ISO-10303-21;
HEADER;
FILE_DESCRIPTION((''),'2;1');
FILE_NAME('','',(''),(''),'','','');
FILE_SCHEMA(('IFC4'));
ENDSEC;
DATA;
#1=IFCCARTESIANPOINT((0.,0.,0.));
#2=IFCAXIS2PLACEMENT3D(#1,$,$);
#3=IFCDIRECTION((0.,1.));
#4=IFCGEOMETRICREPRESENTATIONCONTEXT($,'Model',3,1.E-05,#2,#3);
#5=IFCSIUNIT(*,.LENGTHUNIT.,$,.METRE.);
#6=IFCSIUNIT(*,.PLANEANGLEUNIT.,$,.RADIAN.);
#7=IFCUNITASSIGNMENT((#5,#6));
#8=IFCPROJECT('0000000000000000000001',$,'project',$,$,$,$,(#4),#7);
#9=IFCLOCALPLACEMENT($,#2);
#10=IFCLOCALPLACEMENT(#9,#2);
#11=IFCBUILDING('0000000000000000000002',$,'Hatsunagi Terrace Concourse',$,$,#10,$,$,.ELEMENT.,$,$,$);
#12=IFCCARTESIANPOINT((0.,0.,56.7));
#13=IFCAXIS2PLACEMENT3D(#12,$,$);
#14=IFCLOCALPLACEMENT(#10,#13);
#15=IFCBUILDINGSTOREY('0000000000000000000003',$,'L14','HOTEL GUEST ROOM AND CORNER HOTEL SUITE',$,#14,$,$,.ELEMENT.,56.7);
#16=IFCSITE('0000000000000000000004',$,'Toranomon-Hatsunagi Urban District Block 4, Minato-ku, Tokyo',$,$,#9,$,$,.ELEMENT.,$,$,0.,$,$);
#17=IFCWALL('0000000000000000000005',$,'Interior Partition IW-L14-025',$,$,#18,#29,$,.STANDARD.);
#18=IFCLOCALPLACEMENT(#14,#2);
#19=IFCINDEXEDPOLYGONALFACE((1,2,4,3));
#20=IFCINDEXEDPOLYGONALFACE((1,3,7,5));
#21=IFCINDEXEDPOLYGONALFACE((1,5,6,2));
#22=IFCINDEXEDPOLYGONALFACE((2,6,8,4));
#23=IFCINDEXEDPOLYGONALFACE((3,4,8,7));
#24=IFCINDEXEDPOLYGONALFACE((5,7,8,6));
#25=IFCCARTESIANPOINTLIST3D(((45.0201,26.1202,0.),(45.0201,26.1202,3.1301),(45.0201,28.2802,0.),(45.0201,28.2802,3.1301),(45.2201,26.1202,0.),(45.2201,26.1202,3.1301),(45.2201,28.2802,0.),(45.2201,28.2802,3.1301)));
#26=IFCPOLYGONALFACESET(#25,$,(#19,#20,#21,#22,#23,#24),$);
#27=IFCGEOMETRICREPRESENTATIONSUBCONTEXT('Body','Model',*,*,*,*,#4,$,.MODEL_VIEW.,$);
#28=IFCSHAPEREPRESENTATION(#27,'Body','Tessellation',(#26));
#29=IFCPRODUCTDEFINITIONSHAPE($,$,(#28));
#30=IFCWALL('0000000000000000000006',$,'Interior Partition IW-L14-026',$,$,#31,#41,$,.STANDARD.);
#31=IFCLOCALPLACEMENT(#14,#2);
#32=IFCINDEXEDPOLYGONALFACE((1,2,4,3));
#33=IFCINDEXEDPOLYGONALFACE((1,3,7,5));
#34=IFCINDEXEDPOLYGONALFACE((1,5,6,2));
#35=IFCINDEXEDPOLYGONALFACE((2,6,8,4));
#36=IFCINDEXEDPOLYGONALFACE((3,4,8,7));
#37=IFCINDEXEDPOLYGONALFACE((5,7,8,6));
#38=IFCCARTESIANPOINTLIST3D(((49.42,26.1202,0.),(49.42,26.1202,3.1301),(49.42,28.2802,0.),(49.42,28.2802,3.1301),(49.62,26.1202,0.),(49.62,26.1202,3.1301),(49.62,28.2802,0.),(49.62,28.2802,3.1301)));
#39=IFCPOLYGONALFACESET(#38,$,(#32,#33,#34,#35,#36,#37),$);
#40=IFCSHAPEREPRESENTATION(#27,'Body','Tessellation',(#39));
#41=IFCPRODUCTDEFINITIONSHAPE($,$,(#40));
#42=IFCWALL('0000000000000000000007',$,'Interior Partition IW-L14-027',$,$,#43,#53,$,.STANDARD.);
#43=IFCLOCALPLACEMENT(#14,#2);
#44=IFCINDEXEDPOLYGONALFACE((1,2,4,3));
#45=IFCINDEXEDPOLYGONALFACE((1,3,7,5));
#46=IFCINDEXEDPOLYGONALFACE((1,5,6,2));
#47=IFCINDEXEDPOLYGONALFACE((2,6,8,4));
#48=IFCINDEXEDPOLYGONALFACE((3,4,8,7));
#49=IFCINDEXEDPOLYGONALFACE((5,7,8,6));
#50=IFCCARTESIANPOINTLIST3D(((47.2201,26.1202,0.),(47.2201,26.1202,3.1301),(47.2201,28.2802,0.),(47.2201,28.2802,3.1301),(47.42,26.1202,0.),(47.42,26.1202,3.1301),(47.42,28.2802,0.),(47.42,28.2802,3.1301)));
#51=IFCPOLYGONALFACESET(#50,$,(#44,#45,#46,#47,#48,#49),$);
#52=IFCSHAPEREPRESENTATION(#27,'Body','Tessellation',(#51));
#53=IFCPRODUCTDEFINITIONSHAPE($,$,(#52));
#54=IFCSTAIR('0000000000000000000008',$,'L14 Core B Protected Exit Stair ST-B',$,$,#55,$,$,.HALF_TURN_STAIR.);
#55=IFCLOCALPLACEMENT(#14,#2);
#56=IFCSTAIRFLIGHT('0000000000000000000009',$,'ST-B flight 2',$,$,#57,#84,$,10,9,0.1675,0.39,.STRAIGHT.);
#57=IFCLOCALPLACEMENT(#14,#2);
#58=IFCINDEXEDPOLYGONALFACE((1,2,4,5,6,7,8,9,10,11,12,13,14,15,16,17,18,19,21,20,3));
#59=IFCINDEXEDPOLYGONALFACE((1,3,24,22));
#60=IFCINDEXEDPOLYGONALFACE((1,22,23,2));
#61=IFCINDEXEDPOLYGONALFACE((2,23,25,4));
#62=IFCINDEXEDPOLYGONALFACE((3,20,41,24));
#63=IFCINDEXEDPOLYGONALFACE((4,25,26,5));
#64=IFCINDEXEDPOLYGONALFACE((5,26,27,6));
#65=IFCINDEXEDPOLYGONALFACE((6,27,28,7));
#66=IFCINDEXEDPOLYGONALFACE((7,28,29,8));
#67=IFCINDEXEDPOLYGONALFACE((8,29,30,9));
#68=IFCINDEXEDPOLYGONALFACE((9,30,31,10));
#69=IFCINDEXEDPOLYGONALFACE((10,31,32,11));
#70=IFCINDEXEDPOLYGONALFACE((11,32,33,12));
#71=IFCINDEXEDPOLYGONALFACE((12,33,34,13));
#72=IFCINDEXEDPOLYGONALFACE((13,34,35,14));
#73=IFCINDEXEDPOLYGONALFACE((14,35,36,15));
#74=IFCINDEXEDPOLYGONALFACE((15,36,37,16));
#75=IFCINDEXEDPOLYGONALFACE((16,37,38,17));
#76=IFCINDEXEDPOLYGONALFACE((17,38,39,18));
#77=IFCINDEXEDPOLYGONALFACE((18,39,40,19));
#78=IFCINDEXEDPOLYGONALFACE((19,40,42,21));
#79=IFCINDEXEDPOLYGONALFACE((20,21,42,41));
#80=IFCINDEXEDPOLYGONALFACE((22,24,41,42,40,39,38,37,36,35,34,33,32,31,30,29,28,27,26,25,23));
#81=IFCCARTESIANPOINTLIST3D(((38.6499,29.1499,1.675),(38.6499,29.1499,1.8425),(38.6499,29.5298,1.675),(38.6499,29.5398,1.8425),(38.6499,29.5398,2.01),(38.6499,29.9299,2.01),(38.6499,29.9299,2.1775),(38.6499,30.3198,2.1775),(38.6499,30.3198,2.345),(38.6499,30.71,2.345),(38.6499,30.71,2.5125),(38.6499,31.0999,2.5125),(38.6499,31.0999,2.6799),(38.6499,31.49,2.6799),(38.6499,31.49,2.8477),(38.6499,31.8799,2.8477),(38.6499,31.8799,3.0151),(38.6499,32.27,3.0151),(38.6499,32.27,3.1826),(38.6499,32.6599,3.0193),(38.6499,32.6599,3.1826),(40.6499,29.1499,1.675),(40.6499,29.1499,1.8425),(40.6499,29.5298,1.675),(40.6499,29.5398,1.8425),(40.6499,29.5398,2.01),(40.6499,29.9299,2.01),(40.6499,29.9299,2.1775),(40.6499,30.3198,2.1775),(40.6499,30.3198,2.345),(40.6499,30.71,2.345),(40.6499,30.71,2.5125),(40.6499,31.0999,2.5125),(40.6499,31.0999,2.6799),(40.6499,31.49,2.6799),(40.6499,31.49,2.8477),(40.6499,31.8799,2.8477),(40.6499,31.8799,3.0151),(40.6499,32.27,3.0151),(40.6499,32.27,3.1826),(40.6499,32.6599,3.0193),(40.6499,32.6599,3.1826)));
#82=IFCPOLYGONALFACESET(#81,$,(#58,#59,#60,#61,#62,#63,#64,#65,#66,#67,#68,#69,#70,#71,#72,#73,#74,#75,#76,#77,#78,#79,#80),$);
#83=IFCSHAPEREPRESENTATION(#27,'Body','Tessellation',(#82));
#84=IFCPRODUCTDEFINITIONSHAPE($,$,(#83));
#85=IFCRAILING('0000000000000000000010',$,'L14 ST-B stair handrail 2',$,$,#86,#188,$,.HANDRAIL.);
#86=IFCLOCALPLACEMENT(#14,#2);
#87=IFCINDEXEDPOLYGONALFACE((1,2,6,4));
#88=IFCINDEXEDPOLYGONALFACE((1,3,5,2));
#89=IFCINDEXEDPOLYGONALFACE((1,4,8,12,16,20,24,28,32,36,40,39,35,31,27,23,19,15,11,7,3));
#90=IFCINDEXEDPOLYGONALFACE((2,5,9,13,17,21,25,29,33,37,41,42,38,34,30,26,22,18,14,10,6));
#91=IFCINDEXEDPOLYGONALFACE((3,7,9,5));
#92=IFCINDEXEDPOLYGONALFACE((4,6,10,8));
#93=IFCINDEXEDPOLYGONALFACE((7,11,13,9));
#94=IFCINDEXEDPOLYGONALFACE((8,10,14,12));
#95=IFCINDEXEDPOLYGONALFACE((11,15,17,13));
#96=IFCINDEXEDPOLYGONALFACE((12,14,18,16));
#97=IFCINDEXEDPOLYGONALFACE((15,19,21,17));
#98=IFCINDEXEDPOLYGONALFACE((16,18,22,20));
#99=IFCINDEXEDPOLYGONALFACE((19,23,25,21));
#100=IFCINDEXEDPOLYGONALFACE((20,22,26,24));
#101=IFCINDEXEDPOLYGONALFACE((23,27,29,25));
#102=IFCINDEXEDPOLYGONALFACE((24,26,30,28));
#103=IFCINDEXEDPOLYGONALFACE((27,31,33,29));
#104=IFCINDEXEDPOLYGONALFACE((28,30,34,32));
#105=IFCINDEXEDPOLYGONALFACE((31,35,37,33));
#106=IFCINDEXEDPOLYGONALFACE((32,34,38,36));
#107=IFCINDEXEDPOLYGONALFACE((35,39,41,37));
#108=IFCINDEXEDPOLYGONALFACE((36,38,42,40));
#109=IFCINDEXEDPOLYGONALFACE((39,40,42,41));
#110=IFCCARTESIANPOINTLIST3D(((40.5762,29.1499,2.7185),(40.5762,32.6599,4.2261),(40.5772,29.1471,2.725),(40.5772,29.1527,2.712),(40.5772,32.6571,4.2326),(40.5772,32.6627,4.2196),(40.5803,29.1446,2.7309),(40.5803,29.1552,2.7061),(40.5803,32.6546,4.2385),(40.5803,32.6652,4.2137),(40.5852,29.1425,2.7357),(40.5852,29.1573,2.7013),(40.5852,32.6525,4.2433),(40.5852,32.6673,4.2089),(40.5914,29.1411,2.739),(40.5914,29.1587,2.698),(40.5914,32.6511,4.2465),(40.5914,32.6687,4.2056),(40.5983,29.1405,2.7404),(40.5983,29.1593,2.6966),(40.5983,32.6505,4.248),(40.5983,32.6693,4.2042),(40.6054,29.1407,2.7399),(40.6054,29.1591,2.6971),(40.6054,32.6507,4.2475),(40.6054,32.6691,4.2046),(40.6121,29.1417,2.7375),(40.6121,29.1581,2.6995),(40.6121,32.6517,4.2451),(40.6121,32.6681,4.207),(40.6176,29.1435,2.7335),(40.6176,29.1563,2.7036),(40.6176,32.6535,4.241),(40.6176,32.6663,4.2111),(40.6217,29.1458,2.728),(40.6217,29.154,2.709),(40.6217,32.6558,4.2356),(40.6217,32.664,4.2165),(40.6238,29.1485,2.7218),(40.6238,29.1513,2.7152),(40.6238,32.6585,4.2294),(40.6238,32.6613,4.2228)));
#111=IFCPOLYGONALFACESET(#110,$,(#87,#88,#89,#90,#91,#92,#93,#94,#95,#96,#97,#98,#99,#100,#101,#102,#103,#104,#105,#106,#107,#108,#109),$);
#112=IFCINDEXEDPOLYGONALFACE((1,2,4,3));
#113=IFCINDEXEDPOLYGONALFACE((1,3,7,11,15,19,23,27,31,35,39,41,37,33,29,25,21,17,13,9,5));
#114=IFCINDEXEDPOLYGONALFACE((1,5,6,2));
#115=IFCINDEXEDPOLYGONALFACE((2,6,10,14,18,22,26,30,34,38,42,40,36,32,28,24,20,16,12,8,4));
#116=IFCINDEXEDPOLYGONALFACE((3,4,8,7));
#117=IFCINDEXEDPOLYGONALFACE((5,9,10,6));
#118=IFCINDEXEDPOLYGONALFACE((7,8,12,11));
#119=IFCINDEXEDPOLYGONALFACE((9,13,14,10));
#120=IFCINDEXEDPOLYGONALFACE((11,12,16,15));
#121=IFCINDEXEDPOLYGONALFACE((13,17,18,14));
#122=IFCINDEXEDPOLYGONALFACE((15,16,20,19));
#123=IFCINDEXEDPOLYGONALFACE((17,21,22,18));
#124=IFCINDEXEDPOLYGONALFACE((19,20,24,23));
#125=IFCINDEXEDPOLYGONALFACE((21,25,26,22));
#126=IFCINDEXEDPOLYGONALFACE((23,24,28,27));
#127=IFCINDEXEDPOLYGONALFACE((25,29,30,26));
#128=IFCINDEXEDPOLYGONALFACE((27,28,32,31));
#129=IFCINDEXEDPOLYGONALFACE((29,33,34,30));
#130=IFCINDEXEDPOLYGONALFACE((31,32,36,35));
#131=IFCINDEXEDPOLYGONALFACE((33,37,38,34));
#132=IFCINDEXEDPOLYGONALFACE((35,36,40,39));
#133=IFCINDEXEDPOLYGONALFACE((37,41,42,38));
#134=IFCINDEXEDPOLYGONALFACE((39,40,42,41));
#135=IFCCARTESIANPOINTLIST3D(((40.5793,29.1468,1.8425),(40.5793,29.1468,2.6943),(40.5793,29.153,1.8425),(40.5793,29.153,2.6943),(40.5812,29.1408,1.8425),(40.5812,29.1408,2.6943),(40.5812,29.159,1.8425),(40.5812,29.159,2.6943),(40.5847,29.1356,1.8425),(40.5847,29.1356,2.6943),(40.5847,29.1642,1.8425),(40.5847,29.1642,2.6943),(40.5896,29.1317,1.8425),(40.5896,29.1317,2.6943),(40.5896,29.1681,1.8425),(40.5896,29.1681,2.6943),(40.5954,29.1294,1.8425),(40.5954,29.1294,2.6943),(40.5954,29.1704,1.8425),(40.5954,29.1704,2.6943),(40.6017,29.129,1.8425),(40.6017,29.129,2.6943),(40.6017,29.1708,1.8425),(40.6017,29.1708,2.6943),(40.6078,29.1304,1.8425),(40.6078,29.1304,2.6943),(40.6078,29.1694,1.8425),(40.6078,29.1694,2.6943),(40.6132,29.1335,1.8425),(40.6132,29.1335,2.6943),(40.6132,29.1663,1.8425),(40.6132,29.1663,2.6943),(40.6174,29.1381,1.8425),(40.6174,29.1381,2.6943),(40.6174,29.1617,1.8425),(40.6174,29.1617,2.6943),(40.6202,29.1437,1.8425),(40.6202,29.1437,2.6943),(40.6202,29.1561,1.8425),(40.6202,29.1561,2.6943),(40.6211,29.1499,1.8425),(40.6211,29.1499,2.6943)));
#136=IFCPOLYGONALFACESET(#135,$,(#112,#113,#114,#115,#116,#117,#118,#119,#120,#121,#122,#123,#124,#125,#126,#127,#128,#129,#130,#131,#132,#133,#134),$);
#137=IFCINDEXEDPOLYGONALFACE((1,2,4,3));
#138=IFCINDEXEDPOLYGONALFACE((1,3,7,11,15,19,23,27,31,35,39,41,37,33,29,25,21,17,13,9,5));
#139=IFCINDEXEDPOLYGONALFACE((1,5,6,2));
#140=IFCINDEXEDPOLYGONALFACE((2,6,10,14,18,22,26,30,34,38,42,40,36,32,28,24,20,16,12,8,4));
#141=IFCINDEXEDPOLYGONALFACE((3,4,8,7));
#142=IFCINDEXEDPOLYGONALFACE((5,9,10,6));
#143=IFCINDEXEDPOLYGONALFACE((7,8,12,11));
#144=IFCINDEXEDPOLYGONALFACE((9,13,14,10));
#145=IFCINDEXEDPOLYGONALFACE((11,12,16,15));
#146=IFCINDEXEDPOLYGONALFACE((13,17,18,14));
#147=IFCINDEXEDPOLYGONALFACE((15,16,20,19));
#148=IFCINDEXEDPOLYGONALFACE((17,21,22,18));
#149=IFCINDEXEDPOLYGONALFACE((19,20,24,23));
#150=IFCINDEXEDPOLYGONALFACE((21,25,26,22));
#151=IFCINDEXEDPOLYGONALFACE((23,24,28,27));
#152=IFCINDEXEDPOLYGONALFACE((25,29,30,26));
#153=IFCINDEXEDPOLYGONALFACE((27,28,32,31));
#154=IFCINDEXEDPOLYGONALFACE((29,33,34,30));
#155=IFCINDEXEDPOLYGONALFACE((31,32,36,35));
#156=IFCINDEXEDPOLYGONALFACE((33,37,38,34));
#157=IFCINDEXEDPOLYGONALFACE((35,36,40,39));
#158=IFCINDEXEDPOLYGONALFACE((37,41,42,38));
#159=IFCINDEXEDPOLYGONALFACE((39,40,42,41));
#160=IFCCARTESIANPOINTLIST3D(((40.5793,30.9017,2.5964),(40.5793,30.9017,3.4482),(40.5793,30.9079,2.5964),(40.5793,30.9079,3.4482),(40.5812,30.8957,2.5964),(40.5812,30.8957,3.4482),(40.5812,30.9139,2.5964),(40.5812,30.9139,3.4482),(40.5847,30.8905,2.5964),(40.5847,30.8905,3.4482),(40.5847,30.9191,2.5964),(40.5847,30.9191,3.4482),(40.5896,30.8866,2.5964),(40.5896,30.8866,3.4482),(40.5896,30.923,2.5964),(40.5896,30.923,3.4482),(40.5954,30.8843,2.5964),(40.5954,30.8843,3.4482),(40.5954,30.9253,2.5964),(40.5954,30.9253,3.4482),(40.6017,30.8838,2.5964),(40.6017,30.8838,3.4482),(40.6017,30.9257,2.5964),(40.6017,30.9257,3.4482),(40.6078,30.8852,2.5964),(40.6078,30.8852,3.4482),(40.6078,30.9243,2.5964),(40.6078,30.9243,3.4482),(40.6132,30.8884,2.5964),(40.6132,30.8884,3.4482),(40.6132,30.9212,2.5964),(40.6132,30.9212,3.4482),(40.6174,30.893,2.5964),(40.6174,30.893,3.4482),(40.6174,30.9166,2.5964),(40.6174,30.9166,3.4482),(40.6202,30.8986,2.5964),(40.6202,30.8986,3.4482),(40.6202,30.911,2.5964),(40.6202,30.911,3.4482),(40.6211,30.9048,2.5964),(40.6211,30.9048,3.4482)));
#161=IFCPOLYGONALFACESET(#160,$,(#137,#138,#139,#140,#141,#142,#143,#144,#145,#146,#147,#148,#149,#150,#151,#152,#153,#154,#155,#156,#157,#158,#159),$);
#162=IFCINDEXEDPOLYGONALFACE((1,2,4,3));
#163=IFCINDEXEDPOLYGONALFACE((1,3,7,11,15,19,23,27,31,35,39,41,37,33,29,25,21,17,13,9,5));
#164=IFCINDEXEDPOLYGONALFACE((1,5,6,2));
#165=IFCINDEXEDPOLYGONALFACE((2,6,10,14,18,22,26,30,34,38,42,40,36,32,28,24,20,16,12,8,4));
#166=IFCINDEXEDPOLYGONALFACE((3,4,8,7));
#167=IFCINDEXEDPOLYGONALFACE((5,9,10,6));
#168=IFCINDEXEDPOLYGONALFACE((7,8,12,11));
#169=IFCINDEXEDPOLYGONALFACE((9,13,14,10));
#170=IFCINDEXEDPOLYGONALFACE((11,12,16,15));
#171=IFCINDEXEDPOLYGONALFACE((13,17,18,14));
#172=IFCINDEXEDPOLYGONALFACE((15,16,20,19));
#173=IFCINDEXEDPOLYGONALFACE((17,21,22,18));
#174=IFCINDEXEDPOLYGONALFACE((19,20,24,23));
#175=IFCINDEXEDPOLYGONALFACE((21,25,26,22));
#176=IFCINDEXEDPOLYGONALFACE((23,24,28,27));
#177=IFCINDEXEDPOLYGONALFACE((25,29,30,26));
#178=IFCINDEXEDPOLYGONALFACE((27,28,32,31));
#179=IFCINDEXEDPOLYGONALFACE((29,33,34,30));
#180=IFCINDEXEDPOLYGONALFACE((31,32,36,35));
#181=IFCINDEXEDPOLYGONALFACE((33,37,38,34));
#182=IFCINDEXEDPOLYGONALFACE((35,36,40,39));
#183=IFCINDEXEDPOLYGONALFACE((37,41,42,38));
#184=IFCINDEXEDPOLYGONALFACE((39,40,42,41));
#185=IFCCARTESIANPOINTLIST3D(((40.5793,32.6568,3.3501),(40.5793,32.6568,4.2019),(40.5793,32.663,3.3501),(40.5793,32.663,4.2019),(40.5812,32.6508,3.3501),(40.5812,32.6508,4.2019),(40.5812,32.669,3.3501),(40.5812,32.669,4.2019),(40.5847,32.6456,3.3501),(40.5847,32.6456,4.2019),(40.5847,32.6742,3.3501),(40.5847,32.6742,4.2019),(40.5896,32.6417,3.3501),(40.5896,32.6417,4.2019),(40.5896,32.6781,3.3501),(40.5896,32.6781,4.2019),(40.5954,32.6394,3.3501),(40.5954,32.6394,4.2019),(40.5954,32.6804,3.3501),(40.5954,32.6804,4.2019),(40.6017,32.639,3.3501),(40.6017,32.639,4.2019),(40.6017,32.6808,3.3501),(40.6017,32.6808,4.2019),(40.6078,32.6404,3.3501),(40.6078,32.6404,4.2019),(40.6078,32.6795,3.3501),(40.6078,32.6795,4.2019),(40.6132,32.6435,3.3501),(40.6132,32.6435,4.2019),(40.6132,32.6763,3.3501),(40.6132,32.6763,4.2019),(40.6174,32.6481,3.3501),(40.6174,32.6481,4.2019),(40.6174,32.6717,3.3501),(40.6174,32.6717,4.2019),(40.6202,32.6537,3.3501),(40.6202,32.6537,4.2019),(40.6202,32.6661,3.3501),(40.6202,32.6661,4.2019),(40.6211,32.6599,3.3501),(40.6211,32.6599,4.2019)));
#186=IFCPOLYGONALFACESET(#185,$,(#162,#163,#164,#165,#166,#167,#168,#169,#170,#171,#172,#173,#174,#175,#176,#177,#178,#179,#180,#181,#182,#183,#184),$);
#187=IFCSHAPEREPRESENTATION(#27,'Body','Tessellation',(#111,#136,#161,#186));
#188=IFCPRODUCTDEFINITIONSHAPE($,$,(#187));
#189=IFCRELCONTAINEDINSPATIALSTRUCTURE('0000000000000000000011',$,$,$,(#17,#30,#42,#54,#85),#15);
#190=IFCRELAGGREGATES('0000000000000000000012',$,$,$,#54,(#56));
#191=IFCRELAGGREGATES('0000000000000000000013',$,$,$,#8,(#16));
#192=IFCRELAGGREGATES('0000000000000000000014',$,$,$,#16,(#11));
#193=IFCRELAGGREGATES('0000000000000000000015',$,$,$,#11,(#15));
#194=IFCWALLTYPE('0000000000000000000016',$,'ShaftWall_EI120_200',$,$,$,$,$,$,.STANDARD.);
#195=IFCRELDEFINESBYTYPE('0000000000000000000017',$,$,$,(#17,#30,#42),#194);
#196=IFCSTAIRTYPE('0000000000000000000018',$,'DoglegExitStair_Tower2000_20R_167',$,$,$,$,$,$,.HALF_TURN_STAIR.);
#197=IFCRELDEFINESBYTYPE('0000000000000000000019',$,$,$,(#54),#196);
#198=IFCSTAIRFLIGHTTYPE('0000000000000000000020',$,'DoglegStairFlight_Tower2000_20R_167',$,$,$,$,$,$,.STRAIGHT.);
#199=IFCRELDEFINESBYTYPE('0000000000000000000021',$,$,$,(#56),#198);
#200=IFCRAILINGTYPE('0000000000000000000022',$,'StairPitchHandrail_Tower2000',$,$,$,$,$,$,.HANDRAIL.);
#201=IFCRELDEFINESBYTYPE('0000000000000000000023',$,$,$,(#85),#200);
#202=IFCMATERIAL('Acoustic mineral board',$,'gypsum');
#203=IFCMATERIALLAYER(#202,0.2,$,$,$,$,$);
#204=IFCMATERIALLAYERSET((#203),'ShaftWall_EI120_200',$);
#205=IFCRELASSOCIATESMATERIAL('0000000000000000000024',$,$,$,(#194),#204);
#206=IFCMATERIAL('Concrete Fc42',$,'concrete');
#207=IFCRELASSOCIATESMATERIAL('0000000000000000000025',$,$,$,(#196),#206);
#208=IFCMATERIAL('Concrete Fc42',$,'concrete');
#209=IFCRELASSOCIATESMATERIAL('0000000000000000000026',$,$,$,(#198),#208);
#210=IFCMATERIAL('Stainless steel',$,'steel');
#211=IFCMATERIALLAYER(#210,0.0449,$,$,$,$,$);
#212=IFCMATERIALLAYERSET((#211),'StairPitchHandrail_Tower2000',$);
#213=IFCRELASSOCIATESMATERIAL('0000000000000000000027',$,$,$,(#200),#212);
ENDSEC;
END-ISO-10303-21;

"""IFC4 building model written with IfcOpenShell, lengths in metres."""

from ifc_helpers import new_model, si_unit, direction, frame, frame_2d, origin, origin_2d, place, context, subcontext, project, spatial, polyline, rectangle, circle, outline, extrude, material, layer, layer_set, type_object, element, aggregate, save


model = new_model("IFC4")

# Units and contexts
model_context = context("Model", 3, precision=1e-05, world=origin(), true_north=direction((0.0, 1.0)))
body_context = subcontext(model_context, "Body", "Model", "MODEL_VIEW")
ifc_project = project(units=[si_unit("LENGTHUNIT", "METRE"), si_unit("PLANEANGLEUNIT", "RADIAN")], contexts=[model_context])

# Site, building, storey
site_placement = place(None, origin())
site = spatial("IfcSite", under=ifc_project, at=site_placement, Name="Toranomon-Hatsunagi Urban District Block 4, Minato-ku, Tokyo", CompositionType="ELEMENT", RefElevation=0.0)
building_placement = place(site_placement, origin())
building = spatial("IfcBuilding", under=site, at=building_placement, Name="Hatsunagi Terrace Concourse", CompositionType="ELEMENT")
storey_placement = place(building_placement, frame((0.0, 0.0, 56.7)))
storey = spatial("IfcBuildingStorey", under=building, at=storey_placement, Name="L14", Description="HOTEL GUEST ROOM AND CORNER HOTEL SUITE", CompositionType="ELEMENT", Elevation=56.7)

# Walls
ifc_material_1 = material(Name="Acoustic mineral board", Category="gypsum")
ifc_layer_1 = layer(ifc_material_1, 0.2)
ifc_layer_set_1 = layer_set([ifc_layer_1], Name="ShaftWall_EI120_200")
wall_type_1 = type_object("IfcWallType", Name="ShaftWall_EI120_200", PredefinedType="STANDARD", material=ifc_layer_set_1)
for number, where, z_axis, x_axis, name in (
    (1, (45.1201, 26.1201, 0.0), (0.0, 0.0, 1.0), (0.0, 1.0, 0.0), "Interior Partition IW-L14-025"),
    (2, (49.52, 26.1201, 0.0), (0.0, 0.0, 1.0), (0.0, 1.0, 0.0), "Interior Partition IW-L14-026"),
    (3, (47.3201, 26.1201, 0.0), (0.0, 0.0, 1.0), (0.0, 1.0, 0.0), "Interior Partition IW-L14-027"),
):
    element("IfcWall", number, at=place(storey_placement, frame(where, z_axis=z_axis, x_axis=x_axis)), inside=storey, type_object=wall_type_1, Name=name, PredefinedType="STANDARD", context=body_context, shape_type="SweptSolid", body=[
        extrude(rectangle(XDim=2.1599, YDim=0.2, at=frame_2d((1.0801, 0.0))), origin(), (0.0, 0.0, 1.0), 3.1301),
    ])

# Stair, stair flight
ifc_material_2 = material(Name="Concrete Fc42", Category="concrete")
stair_type = type_object("IfcStairType", Name="DoglegExitStair_Tower2000_20R_167", PredefinedType="HALF_TURN_STAIR", material=ifc_material_2)
stair_placement = place(storey_placement, origin())
stair = element("IfcStair", 4, at=stair_placement, inside=storey, type_object=stair_type, Name="L14 Core B Protected Exit Stair ST-B", PredefinedType="HALF_TURN_STAIR")
ifc_material_3 = material(Name="Concrete Fc42", Category="concrete")
stair_flight_type = type_object("IfcStairFlightType", Name="DoglegStairFlight_Tower2000_20R_167", PredefinedType="STRAIGHT", material=ifc_material_3)
stair_flight_placement = place(storey_placement, frame((39.6499, 29.1499, 1.675), z_axis=(0.0, 0.0, 1.0), x_axis=(0.0, 1.0, 0.0)))
stair_flight = element("IfcStairFlight", 5, at=stair_flight_placement, type_object=stair_flight_type, Name="ST-B flight 2", NumberOfRisers=10, NumberOfTreads=9, PredefinedType="STRAIGHT", RiserHeight=0.1675, TreadLength=0.39, context=body_context, shape_type="SweptSolid", body=[
    extrude(outline(polyline([(0.0, 0.0), (0.0, 0.1675), (0.3899, 0.1675), (0.3899, 0.335), (0.78, 0.335), (0.78, 0.5024), (1.1699, 0.5024), (1.1699, 0.6699), (1.5601, 0.6699), (1.5601, 0.8374), (1.95, 0.8374), (1.95, 1.0049), (2.3401, 1.0049), (2.3401, 1.1726), (2.73, 1.1726), (2.73, 1.3401), (3.1201, 1.3401), (3.1201, 1.5076), (3.51, 1.5076), (3.51, 1.675), (3.51, 1.3442), (0.3799, 0.0), (0.0, 0.0)])), frame((0.0, 1.0, 0.0), z_axis=(0.0, -1.0, 0.0), x_axis=(1.0, 0.0, 0.0)), (0.0, 0.0, 1.0), 2.0),
])
aggregate(stair, [stair_flight])

# Railing
ifc_material_4 = material(Name="Stainless steel", Category="steel")
ifc_layer_2 = layer(ifc_material_4, 0.0449)
ifc_layer_set_2 = layer_set([ifc_layer_2], Name="StairPitchHandrail_Tower2000")
railing_type_1 = type_object("IfcRailingType", Name="StairPitchHandrail_Tower2000", PredefinedType="HANDRAIL", material=ifc_layer_set_2)
railing_1_placement = place(storey_placement, frame((40.6001, 29.1499, 1.8425)))
element("IfcRailing", 6, at=railing_1_placement, inside=storey, type_object=railing_type_1, Name="L14 ST-B stair handrail 2", PredefinedType="HANDRAIL", context=body_context, shape_type="SweptSolid", body=[
    extrude(circle(Radius=0.0239, at=origin_2d()), frame((0.0, 0.0, 0.876), z_axis=(0.0, 0.918834, 0.394644), x_axis=(-1.0, 0.0, 0.0)), (0.0, 0.0, 1.0), 3.8201),
    extrude(circle(Radius=0.021, at=origin_2d()), origin(), (0.0, 0.0, 1.0), 0.8518),
    extrude(circle(Radius=0.021, at=origin_2d()), frame((0.0, 1.7549, 0.7539)), (0.0, 0.0, 1.0), 0.8518),
    extrude(circle(Radius=0.021, at=origin_2d()), frame((0.0, 3.51, 1.5076)), (0.0, 0.0, 1.0), 0.8518),
])

save(model, "model.ifc")
